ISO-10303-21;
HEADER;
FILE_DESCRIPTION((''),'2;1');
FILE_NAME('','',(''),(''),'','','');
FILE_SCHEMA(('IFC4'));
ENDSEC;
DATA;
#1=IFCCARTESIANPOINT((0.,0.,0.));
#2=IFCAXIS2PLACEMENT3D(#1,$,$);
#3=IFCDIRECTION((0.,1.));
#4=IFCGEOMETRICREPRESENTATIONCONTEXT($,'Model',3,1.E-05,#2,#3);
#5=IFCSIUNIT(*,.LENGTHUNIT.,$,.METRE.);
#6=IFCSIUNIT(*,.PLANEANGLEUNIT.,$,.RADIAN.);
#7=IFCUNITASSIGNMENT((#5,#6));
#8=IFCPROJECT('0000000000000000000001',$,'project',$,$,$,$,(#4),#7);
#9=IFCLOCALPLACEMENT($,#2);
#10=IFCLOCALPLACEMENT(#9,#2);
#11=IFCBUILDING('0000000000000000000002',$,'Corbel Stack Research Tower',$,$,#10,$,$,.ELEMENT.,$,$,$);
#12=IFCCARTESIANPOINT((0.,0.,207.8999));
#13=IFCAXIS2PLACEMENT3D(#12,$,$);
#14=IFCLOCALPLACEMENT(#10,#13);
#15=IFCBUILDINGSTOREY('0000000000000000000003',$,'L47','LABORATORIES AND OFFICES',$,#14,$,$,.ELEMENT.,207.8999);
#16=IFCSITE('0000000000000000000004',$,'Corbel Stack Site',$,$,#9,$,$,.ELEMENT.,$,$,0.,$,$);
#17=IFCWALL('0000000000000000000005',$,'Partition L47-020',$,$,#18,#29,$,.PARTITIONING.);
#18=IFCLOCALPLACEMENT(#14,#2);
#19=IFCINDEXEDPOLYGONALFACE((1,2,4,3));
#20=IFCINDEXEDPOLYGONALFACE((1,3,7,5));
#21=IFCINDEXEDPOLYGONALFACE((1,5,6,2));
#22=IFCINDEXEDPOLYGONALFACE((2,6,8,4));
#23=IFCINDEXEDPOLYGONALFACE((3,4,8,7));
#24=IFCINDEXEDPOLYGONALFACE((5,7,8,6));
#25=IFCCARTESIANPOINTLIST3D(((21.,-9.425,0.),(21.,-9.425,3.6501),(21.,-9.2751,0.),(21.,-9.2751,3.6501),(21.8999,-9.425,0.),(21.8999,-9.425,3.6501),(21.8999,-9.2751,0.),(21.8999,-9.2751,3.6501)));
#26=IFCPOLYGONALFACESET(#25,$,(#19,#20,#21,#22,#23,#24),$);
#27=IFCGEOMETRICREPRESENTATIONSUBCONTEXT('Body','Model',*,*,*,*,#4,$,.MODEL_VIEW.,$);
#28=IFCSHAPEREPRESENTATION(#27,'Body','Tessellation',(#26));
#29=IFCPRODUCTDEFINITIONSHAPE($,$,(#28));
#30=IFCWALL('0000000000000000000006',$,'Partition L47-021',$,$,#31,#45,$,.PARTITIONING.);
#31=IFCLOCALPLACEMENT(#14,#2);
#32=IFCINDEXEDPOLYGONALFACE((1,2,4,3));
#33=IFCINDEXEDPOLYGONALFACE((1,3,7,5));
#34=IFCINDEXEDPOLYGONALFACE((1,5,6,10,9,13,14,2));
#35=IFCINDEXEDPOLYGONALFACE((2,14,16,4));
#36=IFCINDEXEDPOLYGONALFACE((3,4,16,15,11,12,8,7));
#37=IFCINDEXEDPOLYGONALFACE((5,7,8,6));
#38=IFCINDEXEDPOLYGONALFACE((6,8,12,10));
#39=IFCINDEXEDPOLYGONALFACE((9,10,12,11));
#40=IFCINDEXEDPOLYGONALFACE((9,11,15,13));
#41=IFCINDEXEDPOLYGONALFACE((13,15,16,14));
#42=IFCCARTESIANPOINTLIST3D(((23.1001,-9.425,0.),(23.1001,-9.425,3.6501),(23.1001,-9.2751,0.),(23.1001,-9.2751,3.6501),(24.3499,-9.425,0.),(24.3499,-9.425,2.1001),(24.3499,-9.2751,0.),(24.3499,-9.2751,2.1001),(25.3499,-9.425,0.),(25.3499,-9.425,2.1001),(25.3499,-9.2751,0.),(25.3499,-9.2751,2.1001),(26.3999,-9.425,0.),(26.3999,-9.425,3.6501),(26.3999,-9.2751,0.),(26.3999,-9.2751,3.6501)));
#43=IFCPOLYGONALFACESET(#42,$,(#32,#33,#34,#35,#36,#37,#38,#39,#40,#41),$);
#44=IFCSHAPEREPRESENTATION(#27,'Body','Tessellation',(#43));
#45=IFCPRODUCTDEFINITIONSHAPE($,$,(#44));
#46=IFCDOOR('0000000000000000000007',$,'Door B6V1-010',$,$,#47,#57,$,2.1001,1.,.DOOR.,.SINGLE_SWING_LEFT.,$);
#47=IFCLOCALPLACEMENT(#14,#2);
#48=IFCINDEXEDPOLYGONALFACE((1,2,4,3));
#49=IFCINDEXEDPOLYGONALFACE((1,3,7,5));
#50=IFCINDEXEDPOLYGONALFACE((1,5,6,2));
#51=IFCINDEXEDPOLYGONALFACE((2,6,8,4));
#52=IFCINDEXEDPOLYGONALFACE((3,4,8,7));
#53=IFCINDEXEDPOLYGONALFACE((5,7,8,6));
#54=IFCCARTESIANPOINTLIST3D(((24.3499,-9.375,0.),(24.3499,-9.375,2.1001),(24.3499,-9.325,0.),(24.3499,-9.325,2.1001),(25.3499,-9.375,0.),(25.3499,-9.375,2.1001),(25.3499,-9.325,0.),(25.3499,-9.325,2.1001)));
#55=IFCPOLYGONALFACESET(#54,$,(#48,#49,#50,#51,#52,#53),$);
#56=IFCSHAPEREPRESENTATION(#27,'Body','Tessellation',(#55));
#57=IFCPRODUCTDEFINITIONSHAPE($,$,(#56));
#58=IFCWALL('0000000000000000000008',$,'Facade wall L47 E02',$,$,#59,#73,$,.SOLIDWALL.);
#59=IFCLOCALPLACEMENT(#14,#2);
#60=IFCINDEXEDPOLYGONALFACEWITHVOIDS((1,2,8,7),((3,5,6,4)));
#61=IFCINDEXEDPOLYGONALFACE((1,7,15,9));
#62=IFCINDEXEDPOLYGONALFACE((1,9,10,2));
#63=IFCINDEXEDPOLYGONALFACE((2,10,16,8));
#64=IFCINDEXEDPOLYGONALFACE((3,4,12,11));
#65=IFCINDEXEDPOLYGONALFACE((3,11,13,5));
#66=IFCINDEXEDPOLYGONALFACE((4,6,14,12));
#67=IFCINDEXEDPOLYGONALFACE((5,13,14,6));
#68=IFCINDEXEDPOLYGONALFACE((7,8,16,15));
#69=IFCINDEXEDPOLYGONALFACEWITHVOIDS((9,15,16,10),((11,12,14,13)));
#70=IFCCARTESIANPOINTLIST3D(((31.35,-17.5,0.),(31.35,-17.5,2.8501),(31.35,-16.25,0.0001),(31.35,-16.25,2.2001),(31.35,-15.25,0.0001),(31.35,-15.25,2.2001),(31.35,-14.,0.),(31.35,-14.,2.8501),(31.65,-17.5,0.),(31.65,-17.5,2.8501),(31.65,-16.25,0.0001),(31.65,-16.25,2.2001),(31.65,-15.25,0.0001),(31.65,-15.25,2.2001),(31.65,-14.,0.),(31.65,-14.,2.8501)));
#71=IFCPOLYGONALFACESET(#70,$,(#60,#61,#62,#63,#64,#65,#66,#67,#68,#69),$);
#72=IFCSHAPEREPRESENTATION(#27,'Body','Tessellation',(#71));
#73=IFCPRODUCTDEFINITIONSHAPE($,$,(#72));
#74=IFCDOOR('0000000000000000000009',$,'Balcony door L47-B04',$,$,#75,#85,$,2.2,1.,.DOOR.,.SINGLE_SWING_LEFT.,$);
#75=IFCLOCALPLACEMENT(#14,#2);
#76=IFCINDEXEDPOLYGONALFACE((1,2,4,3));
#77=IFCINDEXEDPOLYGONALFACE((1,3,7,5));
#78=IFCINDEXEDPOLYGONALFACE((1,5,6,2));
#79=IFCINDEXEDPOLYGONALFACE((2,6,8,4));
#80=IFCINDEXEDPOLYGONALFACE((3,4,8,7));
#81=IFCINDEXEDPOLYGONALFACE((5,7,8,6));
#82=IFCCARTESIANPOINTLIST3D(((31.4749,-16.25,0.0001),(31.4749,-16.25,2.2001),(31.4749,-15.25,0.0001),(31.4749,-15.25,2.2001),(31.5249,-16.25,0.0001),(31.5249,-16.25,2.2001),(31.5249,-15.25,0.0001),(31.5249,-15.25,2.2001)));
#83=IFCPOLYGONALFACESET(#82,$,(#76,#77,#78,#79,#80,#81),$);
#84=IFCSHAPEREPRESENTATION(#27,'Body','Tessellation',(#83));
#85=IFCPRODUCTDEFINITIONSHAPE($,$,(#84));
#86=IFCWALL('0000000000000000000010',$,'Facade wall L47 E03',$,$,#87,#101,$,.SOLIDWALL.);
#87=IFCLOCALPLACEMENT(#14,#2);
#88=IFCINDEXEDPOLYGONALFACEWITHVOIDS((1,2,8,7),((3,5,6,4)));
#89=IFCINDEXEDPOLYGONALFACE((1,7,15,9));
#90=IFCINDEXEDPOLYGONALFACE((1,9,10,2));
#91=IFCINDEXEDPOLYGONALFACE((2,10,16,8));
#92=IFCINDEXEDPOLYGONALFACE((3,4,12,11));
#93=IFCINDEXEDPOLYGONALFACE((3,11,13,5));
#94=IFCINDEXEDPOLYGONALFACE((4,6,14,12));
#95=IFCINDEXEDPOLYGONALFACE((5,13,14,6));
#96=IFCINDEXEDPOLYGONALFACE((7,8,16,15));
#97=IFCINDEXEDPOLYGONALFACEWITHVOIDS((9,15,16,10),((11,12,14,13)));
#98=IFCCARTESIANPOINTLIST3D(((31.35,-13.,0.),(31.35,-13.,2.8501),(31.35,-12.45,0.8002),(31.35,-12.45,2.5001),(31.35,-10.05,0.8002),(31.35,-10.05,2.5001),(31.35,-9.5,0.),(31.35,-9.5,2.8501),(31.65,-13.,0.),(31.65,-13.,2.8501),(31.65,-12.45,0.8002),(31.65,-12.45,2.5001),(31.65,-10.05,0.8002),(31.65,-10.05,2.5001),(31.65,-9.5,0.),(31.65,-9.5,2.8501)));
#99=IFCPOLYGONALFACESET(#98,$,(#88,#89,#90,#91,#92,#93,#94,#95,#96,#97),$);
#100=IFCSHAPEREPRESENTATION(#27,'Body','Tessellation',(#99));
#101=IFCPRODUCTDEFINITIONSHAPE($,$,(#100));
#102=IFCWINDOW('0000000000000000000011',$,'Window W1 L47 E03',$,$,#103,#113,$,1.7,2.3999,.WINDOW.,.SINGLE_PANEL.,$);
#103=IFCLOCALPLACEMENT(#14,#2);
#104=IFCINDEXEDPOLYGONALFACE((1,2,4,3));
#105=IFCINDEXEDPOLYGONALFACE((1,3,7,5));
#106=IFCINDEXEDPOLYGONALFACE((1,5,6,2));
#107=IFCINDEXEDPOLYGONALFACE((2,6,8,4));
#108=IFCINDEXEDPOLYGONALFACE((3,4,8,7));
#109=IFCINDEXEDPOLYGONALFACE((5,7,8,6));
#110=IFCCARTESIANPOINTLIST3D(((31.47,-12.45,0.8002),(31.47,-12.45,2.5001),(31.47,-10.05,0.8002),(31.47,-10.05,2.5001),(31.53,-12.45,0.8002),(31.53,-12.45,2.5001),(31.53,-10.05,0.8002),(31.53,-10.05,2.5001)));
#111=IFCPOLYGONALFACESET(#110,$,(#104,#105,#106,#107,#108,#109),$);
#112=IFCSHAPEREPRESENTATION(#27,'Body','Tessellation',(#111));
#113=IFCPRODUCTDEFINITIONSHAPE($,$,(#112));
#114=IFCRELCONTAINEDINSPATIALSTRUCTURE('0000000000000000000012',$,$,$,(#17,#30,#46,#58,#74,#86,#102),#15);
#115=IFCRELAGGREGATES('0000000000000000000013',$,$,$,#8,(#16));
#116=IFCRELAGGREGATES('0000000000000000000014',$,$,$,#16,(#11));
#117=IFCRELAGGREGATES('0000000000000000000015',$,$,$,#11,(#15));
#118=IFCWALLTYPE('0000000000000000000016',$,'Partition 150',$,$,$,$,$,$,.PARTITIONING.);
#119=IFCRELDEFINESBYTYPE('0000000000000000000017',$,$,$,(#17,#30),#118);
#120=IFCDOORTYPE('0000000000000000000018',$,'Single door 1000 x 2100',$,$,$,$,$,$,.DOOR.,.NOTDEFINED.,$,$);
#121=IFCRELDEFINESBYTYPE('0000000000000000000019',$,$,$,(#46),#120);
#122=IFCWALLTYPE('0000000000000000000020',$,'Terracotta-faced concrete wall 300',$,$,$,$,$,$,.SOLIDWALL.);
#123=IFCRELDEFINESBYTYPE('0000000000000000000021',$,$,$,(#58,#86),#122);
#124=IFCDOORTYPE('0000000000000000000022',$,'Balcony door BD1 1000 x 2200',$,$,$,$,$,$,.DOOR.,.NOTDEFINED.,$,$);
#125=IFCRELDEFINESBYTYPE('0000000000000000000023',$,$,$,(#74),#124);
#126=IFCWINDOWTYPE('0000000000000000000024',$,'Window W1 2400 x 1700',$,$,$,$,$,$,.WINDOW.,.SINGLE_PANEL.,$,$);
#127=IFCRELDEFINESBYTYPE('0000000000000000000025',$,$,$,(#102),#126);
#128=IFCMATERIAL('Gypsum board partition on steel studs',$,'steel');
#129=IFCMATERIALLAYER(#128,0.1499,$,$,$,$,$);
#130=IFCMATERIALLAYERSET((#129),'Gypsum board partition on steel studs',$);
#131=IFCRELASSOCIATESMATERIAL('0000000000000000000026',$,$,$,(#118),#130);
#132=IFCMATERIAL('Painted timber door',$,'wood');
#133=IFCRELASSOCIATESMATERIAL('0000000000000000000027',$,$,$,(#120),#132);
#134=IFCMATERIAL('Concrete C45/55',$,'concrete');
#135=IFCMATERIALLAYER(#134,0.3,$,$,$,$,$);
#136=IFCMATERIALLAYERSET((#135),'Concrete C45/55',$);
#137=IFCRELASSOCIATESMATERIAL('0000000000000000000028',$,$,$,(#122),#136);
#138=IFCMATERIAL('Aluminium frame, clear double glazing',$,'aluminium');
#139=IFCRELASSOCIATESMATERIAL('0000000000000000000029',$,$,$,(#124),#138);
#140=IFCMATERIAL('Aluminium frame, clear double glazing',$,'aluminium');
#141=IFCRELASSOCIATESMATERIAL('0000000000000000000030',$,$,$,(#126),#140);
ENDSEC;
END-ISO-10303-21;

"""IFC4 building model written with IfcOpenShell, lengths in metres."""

from ifc_helpers import new_model, si_unit, direction, frame, frame_2d, origin, place, context, subcontext, project, spatial, rectangle, extrude, material, layer, layer_set, type_object, element, fill, save


model = new_model("IFC4")

# Units and contexts
model_context = context("Model", 3, precision=1e-05, world=origin(), true_north=direction((0.0, 1.0)))
body_context = subcontext(model_context, "Body", "Model", "MODEL_VIEW")
ifc_project = project(units=[si_unit("LENGTHUNIT", "METRE"), si_unit("PLANEANGLEUNIT", "RADIAN")], contexts=[model_context])

# Site, building, storey
site_placement = place(None, origin())
site = spatial("IfcSite", under=ifc_project, at=site_placement, Name="Corbel Stack Site", CompositionType="ELEMENT", RefElevation=0.0)
building_placement = place(site_placement, origin())
building = spatial("IfcBuilding", under=site, at=building_placement, Name="Corbel Stack Research Tower", CompositionType="ELEMENT")
storey_placement = place(building_placement, frame((0.0, 0.0, 207.8999)))
storey = spatial("IfcBuildingStorey", under=building, at=storey_placement, Name="L47", Description="LABORATORIES AND OFFICES", CompositionType="ELEMENT", Elevation=207.8999)

# Shared definitions
ifc_material_1 = material(Name="Gypsum board partition on steel studs", Category="steel")
ifc_layer_1 = layer(ifc_material_1, 0.1499)
ifc_layer_set_1 = layer_set([ifc_layer_1], Name="Gypsum board partition on steel studs")
wall_type_1 = type_object("IfcWallType", Name="Partition 150", PredefinedType="PARTITIONING", material=ifc_layer_set_1)
ifc_material_2 = material(Name="Painted timber door", Category="wood")
door_type_1 = type_object("IfcDoorType", Name="Single door 1000 x 2100", OperationType="NOTDEFINED", PredefinedType="DOOR", material=ifc_material_2)

# Wall
wall_1_placement = place(storey_placement, frame((21.0, -9.3501, 0.0), z_axis=(0.0, 0.0, 1.0), x_axis=(1.0, 0.0, 0.0)))
element("IfcWall", 1, at=wall_1_placement, inside=storey, type_object=wall_type_1, Name="Partition L47-020", PredefinedType="PARTITIONING", context=body_context, shape_type="SweptSolid", body=[
    extrude(rectangle(XDim=0.8999, YDim=0.1499, at=frame_2d((0.45, 0.0))), origin(), (0.0, 0.0, 1.0), 3.6501),
])

# Walls, openings, doors
wall_2_placement = place(storey_placement, frame((26.3999, -9.3501, 0.0), z_axis=(0.0, 0.0, 1.0), x_axis=(-1.0, 0.0, 0.0)))
wall_2 = element("IfcWall", 2, at=wall_2_placement, inside=storey, type_object=wall_type_1, Name="Partition L47-021", PredefinedType="PARTITIONING", context=body_context, shape_type="SweptSolid", body=[
    extrude(rectangle(XDim=3.2998, YDim=0.1499, at=frame_2d((1.6499, 0.0))), origin(), (0.0, 0.0, 1.0), 3.6501),
])
opening_1_placement = place(wall_2_placement, frame((1.05, 0.0, 0.0)))
opening_1 = element("IfcOpeningElement", 3, at=opening_1_placement, cuts=wall_2, PredefinedType="OPENING", context=body_context, shape_type="SweptSolid", body=[
    extrude(rectangle(XDim=1.0, YDim=2.1001, at=frame_2d((0.5, 1.05))), frame((0.0, 0.085, 0.0), z_axis=(0.0, -1.0, 0.0), x_axis=(1.0, 0.0, 0.0)), (0.0, 0.0, 1.0), 0.1699),
])
door_1_placement = place(opening_1_placement, origin())
door_1 = element("IfcDoor", 4, at=door_1_placement, inside=storey, type_object=door_type_1, Name="Door B6V1-010", OperationType="SINGLE_SWING_LEFT", OverallHeight=2.1001, OverallWidth=1.0, PredefinedType="DOOR", context=body_context, shape_type="SweptSolid", body=[
    extrude(rectangle(XDim=1.0, YDim=2.1001, at=frame_2d((0.5, 1.05))), frame((0.0, 0.0249, 0.0), z_axis=(0.0, -1.0, 0.0), x_axis=(1.0, 0.0, 0.0)), (0.0, 0.0, 1.0), 0.05),
])
fill(opening_1, door_1)
ifc_material_3 = material(Name="Concrete C45/55", Category="concrete")
ifc_layer_2 = layer(ifc_material_3, 0.3)
ifc_layer_set_2 = layer_set([ifc_layer_2], Name="Concrete C45/55")
wall_type_2 = type_object("IfcWallType", Name="Terracotta-faced concrete wall 300", PredefinedType="SOLIDWALL", material=ifc_layer_set_2)
wall_3_placement = place(storey_placement, frame((31.5, -14.0, 0.0), z_axis=(0.0, 0.0, 1.0), x_axis=(0.0, -1.0, 0.0)))
wall_3 = element("IfcWall", 5, at=wall_3_placement, inside=storey, type_object=wall_type_2, Name="Facade wall L47 E02", PredefinedType="SOLIDWALL", context=body_context, shape_type="SweptSolid", body=[
    extrude(rectangle(XDim=3.5, YDim=0.3, at=frame_2d((1.75, 0.0))), origin(), (0.0, 0.0, 1.0), 2.8501),
])
opening_2_placement = place(wall_3_placement, frame((1.25, 0.0, 0.0)))
opening_2 = element("IfcOpeningElement", 6, at=opening_2_placement, cuts=wall_3, PredefinedType="OPENING", context=body_context, shape_type="SweptSolid", body=[
    extrude(rectangle(XDim=1.0, YDim=2.2, at=frame_2d((0.5, 1.1001))), frame((0.0, 0.1599, 0.0), z_axis=(0.0, -1.0, 0.0), x_axis=(1.0, 0.0, 0.0)), (0.0, 0.0, 1.0), 0.3201),
])
ifc_material_4 = material(Name="Aluminium frame, clear double glazing", Category="aluminium")
door_type_2 = type_object("IfcDoorType", Name="Balcony door BD1 1000 x 2200", OperationType="NOTDEFINED", PredefinedType="DOOR", material=ifc_material_4)
door_2_placement = place(opening_2_placement, origin())
door_2 = element("IfcDoor", 7, at=door_2_placement, inside=storey, type_object=door_type_2, Name="Balcony door L47-B04", OperationType="SINGLE_SWING_LEFT", OverallHeight=2.2, OverallWidth=1.0, PredefinedType="DOOR", context=body_context, shape_type="SweptSolid", body=[
    extrude(rectangle(XDim=1.0, YDim=2.2, at=frame_2d((0.5, 1.1001))), frame((0.0, 0.0249, 0.0), z_axis=(0.0, -1.0, 0.0), x_axis=(1.0, 0.0, 0.0)), (0.0, 0.0, 1.0), 0.05),
])
fill(opening_2, door_2)

# Wall, opening, window
wall_4_placement = place(storey_placement, frame((31.5, -9.5, 0.0), z_axis=(0.0, 0.0, 1.0), x_axis=(0.0, -1.0, 0.0)))
wall_4 = element("IfcWall", 8, at=wall_4_placement, inside=storey, type_object=wall_type_2, Name="Facade wall L47 E03", PredefinedType="SOLIDWALL", context=body_context, shape_type="SweptSolid", body=[
    extrude(rectangle(XDim=3.5, YDim=0.3, at=frame_2d((1.75, 0.0))), origin(), (0.0, 0.0, 1.0), 2.8501),
])
opening_3_placement = place(wall_4_placement, frame((0.55, 0.0, 0.8)))
opening_3 = element("IfcOpeningElement", 9, at=opening_3_placement, cuts=wall_4, PredefinedType="OPENING", context=body_context, shape_type="SweptSolid", body=[
    extrude(rectangle(XDim=2.3999, YDim=1.7, at=frame_2d((1.2, 0.8501))), frame((0.0, 0.1599, 0.0), z_axis=(0.0, -1.0, 0.0), x_axis=(1.0, 0.0, 0.0)), (0.0, 0.0, 1.0), 0.3201),
])
ifc_material_5 = material(Name="Aluminium frame, clear double glazing", Category="aluminium")
window_type = type_object("IfcWindowType", Name="Window W1 2400 x 1700", PartitioningType="SINGLE_PANEL", PredefinedType="WINDOW", material=ifc_material_5)
window_placement = place(opening_3_placement, origin())
window = element("IfcWindow", 10, at=window_placement, inside=storey, type_object=window_type, Name="Window W1 L47 E03", OverallHeight=1.7, OverallWidth=2.3999, PartitioningType="SINGLE_PANEL", PredefinedType="WINDOW", context=body_context, shape_type="SweptSolid", body=[
    extrude(rectangle(XDim=2.3999, YDim=1.7, at=frame_2d((1.2, 0.8501))), frame((0.0, 0.03, 0.0), z_axis=(0.0, -1.0, 0.0), x_axis=(1.0, 0.0, 0.0)), (0.0, 0.0, 1.0), 0.0601),
])
fill(opening_3, window)

save(model, "model.ifc")
